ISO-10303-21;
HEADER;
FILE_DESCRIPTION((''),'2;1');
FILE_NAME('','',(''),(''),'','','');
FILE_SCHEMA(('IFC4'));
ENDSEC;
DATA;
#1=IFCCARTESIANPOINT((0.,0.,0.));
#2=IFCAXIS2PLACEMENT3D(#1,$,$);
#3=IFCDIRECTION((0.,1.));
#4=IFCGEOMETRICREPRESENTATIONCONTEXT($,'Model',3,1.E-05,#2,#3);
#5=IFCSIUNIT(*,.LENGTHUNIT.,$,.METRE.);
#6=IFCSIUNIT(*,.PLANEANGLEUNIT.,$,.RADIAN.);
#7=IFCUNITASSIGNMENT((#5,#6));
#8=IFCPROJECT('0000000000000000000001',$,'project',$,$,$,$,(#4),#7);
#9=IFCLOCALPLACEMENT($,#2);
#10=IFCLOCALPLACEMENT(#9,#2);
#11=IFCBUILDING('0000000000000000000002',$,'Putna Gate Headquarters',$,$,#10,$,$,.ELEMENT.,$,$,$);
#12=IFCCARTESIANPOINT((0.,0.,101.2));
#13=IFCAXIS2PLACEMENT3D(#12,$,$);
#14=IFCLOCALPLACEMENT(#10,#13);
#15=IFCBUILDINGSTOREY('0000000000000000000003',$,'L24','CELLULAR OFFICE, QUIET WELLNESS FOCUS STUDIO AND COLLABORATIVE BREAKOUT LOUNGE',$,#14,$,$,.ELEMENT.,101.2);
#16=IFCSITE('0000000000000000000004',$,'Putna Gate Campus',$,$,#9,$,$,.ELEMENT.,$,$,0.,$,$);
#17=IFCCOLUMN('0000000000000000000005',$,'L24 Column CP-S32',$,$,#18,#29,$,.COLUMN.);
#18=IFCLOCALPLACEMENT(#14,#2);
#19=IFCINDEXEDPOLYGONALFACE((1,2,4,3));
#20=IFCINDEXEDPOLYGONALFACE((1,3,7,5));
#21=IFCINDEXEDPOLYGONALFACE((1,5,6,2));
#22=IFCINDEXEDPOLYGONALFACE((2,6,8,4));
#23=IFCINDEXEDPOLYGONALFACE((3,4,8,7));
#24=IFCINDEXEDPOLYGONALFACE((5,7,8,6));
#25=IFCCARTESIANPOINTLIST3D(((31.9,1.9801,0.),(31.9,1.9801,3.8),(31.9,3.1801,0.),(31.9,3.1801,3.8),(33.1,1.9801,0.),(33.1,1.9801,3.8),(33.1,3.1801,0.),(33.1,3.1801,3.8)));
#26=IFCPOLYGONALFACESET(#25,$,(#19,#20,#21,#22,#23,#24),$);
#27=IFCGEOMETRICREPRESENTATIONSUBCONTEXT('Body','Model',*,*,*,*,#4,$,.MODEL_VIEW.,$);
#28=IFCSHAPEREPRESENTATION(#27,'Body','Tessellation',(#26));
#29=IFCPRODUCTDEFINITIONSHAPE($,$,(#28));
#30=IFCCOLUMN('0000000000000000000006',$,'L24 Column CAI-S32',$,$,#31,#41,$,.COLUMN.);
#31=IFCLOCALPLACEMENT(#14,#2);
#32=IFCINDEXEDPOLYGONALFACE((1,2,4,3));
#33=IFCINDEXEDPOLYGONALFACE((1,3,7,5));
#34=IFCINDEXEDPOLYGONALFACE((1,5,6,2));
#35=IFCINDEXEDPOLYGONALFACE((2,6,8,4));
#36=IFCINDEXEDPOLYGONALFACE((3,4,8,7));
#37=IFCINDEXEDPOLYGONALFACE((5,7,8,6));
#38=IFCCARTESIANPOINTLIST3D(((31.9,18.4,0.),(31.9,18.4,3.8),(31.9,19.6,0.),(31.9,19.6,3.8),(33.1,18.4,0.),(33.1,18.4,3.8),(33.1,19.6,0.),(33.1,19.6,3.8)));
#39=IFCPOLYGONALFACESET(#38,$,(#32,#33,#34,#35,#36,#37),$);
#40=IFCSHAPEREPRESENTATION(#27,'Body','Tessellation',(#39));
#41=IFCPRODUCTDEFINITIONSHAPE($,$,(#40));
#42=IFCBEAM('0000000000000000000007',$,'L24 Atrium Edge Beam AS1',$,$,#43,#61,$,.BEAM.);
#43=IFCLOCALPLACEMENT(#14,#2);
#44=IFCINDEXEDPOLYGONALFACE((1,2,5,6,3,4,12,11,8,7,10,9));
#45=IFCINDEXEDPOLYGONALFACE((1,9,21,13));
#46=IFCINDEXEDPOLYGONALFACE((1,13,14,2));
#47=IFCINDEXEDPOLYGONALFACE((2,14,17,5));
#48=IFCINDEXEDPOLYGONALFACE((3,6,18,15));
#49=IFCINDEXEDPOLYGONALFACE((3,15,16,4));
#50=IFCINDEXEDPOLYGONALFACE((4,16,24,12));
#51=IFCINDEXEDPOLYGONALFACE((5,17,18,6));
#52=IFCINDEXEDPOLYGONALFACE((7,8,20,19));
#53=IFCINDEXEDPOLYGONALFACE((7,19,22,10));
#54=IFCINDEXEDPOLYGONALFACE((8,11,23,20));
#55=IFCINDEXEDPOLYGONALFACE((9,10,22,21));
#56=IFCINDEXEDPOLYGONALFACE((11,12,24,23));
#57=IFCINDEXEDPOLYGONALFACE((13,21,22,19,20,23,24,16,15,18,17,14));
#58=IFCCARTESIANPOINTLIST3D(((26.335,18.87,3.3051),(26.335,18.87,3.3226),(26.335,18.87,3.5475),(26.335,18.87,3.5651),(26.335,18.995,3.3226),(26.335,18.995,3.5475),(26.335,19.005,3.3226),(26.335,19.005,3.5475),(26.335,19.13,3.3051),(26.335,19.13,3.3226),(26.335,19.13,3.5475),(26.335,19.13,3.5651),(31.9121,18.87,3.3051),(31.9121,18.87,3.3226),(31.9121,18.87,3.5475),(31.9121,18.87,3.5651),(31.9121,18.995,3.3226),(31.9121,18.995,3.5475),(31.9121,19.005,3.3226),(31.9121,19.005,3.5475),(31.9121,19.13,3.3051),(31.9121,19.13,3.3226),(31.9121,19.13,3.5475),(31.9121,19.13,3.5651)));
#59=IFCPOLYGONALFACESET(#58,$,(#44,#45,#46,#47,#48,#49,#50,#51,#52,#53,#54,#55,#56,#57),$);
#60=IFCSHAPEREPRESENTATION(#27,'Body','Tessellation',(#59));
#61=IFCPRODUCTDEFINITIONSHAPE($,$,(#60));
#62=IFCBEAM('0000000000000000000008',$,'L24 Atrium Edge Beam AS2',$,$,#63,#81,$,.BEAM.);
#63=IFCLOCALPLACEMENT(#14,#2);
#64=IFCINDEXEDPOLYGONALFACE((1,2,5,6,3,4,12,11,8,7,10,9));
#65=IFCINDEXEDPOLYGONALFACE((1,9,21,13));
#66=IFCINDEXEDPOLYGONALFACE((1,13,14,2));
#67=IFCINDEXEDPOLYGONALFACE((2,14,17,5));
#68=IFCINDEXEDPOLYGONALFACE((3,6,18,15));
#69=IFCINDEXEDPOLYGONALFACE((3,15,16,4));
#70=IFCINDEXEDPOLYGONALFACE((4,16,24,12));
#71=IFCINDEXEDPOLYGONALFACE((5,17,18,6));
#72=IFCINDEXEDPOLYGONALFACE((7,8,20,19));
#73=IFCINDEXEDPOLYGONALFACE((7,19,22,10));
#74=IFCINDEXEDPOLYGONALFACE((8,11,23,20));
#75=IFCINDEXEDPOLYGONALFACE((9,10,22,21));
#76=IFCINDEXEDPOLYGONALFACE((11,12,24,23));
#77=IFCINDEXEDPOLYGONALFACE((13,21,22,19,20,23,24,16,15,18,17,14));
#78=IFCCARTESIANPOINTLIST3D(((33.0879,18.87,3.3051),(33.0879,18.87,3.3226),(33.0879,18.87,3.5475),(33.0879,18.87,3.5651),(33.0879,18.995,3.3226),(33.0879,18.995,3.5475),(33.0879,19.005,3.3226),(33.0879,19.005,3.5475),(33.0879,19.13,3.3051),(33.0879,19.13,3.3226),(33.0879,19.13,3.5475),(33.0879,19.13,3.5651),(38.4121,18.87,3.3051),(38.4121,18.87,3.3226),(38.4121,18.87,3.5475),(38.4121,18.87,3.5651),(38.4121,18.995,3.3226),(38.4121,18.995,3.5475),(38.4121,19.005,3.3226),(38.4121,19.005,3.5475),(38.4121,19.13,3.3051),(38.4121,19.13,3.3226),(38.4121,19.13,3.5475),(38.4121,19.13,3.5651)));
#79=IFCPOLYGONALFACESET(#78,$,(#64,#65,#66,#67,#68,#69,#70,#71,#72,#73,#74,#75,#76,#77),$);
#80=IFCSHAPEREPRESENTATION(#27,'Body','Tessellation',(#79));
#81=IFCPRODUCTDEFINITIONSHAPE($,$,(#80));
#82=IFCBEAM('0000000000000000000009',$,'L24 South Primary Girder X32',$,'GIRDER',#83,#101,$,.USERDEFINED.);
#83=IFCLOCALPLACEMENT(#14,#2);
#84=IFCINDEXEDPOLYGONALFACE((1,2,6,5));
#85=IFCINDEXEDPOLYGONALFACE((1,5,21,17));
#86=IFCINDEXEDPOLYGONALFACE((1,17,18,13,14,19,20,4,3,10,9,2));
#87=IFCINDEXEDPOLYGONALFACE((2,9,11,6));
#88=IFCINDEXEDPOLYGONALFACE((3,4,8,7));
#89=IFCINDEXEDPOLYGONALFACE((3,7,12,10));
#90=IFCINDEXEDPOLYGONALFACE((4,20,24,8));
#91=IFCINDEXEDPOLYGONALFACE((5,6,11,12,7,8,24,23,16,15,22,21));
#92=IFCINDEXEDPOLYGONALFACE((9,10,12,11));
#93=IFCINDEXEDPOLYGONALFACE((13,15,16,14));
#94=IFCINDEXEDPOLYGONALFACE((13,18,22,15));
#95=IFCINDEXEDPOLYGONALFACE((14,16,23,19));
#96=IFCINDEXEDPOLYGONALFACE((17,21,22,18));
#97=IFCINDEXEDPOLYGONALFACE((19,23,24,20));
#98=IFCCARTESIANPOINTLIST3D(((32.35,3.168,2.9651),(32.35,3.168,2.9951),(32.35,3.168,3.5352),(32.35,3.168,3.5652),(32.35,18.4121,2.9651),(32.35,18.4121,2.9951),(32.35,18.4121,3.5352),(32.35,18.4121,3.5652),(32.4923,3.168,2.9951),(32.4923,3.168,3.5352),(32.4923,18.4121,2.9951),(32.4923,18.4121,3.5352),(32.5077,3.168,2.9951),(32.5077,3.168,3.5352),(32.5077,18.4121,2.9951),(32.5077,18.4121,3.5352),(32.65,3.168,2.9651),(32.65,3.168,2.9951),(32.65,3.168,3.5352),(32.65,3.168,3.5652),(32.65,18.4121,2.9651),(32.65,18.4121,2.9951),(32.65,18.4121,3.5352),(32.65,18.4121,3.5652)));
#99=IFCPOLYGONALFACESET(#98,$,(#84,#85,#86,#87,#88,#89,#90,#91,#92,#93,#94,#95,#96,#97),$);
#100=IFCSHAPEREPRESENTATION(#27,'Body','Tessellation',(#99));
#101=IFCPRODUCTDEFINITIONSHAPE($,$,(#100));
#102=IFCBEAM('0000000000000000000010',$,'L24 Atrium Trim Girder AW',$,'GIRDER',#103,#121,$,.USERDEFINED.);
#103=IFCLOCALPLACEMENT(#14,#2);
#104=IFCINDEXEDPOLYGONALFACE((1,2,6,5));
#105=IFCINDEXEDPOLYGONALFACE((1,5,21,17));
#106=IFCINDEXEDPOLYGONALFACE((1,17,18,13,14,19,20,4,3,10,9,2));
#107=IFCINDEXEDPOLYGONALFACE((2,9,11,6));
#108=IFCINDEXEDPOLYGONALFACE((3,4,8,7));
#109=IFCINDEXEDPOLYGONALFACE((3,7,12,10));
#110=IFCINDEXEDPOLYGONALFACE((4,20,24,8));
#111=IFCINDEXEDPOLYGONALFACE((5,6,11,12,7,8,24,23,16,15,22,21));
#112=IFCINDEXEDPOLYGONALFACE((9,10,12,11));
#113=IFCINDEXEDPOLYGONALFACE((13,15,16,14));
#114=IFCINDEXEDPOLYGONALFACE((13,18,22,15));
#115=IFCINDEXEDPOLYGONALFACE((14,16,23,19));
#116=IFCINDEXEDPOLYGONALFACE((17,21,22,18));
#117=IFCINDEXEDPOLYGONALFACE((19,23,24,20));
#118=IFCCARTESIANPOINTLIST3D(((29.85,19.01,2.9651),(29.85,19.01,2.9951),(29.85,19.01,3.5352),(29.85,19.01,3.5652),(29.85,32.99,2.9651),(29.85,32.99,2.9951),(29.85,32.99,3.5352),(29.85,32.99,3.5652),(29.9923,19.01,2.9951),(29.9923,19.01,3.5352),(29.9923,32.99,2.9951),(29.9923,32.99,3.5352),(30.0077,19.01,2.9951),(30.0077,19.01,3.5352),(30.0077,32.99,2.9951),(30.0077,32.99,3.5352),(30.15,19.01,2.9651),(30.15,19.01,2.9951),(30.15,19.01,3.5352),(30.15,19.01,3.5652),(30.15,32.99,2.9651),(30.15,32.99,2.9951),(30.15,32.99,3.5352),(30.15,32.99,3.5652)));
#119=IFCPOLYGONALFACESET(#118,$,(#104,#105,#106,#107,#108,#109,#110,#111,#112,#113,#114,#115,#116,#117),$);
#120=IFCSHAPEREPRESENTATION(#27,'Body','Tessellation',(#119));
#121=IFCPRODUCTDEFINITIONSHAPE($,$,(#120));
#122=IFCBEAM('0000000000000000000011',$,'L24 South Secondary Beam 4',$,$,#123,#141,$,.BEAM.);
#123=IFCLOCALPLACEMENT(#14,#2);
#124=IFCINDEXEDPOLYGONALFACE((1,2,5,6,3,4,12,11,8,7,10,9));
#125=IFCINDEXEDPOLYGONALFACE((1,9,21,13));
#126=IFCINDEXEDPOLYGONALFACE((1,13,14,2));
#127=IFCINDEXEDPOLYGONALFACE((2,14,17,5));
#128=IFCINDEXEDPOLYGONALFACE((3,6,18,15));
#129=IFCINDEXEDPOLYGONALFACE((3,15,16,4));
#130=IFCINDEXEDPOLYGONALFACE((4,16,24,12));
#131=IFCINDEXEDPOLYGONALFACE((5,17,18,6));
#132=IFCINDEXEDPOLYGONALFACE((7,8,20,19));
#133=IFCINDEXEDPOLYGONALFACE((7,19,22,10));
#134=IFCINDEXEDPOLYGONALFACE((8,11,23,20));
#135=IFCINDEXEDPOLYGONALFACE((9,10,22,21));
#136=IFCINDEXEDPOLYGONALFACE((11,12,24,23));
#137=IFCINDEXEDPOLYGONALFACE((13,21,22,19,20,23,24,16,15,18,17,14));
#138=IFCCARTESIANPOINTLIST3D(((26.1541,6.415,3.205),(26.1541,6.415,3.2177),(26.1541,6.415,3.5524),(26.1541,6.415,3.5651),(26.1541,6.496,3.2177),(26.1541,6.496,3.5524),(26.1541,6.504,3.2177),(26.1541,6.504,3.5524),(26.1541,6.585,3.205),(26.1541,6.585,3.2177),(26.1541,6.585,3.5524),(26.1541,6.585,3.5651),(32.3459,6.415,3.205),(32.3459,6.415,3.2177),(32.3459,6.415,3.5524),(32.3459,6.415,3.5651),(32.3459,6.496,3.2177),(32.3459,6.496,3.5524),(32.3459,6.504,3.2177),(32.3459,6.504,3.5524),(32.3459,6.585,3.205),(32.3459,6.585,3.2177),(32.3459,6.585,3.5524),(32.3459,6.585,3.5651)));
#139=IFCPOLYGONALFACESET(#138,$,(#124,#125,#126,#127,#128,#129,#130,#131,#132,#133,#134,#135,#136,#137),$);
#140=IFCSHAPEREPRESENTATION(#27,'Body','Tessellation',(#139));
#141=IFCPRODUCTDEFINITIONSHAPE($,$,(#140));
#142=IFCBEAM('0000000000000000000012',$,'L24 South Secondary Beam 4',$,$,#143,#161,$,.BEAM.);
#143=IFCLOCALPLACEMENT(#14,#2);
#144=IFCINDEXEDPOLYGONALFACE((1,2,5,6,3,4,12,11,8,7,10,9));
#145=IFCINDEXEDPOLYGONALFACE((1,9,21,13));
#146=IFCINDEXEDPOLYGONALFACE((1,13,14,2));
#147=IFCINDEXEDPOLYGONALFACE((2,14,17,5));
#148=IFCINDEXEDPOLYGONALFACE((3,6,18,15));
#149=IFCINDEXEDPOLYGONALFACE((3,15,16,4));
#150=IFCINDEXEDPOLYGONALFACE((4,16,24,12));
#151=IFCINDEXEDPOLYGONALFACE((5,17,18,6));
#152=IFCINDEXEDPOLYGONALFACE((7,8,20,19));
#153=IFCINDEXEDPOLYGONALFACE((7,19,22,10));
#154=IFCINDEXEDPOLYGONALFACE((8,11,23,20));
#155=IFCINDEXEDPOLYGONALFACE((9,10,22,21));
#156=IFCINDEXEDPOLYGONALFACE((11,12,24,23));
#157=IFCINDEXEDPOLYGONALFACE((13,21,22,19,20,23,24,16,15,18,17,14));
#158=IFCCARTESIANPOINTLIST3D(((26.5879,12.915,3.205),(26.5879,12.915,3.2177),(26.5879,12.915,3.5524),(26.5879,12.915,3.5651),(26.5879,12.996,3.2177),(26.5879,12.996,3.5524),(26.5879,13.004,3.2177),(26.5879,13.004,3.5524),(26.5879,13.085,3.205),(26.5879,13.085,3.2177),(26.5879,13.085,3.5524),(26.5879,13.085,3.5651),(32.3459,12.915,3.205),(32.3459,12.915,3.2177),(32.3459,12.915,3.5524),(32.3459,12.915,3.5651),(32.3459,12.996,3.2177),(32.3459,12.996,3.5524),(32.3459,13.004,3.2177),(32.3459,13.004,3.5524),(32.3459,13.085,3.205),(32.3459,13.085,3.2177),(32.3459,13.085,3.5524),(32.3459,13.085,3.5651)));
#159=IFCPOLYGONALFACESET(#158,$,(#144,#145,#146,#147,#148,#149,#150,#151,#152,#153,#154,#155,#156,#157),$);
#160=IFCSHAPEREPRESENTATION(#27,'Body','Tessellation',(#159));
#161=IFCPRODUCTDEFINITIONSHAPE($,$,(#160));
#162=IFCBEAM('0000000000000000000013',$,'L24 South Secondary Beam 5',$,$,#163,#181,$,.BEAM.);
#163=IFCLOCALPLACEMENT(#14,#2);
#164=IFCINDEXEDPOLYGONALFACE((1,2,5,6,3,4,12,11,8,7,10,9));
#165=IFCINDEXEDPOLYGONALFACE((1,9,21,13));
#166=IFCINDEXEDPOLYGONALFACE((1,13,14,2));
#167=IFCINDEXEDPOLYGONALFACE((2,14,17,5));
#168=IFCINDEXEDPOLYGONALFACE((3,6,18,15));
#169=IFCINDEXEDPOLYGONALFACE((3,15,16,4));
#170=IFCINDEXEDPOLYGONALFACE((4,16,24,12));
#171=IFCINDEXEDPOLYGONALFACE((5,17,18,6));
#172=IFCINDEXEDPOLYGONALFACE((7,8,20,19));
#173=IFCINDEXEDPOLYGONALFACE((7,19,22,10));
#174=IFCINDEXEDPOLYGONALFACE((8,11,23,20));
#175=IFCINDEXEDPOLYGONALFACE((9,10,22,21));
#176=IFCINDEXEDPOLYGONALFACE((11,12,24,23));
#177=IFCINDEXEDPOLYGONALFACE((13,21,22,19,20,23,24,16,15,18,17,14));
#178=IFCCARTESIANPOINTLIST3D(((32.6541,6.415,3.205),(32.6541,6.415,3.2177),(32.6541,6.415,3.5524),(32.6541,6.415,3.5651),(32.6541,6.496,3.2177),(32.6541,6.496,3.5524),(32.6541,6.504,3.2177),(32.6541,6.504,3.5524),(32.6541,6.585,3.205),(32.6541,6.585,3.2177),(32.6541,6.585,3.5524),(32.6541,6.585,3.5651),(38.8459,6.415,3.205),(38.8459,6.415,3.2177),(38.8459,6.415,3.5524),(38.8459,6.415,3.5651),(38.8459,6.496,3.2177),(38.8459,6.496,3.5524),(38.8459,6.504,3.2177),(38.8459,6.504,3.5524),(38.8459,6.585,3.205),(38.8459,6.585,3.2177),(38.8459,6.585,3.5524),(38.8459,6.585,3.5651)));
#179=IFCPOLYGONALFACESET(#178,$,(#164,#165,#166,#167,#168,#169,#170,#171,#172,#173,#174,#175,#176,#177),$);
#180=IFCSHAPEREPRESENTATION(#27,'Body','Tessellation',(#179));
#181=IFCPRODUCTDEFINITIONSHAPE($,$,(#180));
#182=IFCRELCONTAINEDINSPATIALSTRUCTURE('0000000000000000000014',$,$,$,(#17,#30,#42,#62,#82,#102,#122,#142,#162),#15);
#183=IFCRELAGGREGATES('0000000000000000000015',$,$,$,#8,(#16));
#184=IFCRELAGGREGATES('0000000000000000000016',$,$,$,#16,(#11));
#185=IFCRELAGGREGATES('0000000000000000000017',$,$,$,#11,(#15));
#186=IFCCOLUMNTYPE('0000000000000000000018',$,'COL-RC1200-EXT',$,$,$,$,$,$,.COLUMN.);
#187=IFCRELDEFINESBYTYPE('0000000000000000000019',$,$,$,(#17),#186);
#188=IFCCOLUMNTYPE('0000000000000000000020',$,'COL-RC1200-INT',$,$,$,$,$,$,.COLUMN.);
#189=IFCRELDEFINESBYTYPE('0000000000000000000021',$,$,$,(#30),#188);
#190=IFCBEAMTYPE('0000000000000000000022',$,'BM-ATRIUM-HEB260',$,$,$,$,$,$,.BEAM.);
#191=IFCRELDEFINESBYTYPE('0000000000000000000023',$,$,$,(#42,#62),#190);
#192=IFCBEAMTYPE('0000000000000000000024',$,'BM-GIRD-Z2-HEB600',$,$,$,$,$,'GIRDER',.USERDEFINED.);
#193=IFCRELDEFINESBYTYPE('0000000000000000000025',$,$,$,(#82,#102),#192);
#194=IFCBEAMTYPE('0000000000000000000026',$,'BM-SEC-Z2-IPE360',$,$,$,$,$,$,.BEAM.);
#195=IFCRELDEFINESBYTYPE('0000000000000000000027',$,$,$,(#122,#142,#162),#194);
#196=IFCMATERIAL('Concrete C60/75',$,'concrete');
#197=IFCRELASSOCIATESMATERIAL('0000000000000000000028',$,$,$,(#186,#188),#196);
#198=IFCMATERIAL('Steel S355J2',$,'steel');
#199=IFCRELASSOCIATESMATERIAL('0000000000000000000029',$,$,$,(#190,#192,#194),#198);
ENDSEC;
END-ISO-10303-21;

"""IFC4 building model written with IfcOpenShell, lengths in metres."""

from ifc_helpers import new_model, si_unit, direction, frame, origin, origin_2d, place, context, subcontext, project, spatial, rectangle, i_section, extrude, material, material_profile, profile_set, type_object, element, save


model = new_model("IFC4")

# Units and contexts
model_context = context("Model", 3, precision=1e-05, world=origin(), true_north=direction((0.0, 1.0)))
body_context = subcontext(model_context, "Body", "Model", "MODEL_VIEW")
ifc_project = project(units=[si_unit("LENGTHUNIT", "METRE"), si_unit("PLANEANGLEUNIT", "RADIAN")], contexts=[model_context])

# Site, building, storey
site_placement = place(None, origin())
site = spatial("IfcSite", under=ifc_project, at=site_placement, Name="Putna Gate Campus", CompositionType="ELEMENT", RefElevation=0.0)
building_placement = place(site_placement, origin())
building = spatial("IfcBuilding", under=site, at=building_placement, Name="Putna Gate Headquarters", CompositionType="ELEMENT")
storey_placement = place(building_placement, frame((0.0, 0.0, 101.2)))
storey = spatial("IfcBuildingStorey", under=building, at=storey_placement, Name="L24", Description="CELLULAR OFFICE, QUIET WELLNESS FOCUS STUDIO AND COLLABORATIVE BREAKOUT LOUNGE", CompositionType="ELEMENT", Elevation=101.2)

# Columns
ifc_material_1 = material(Name="Concrete C60/75", Category="concrete")
ifc_material_profile_1 = material_profile(ifc_material_1, rectangle(XDim=1.2, YDim=1.2, at=origin_2d()), Name="Concrete C60/75")
ifc_profile_set_1 = profile_set([ifc_material_profile_1], Name="Concrete C60/75")
column_type_1 = type_object("IfcColumnType", Name="COL-RC1200-EXT", PredefinedType="COLUMN", material=ifc_profile_set_1)
column_1_placement = place(storey_placement, frame((32.5, 2.5801, 0.0), z_axis=(0.0, 0.0, 1.0), x_axis=(1.0, 0.0, 0.0)))
element("IfcColumn", 1, at=column_1_placement, inside=storey, type_object=column_type_1, Name="L24 Column CP-S32", PredefinedType="COLUMN", context=body_context, shape_type="SweptSolid", body=[
    extrude(rectangle(XDim=1.2, YDim=1.2, at=origin_2d()), origin(), (0.0, 0.0, 1.0), 3.8),
])
ifc_material_profile_2 = material_profile(ifc_material_1, rectangle(XDim=1.2, YDim=1.2, at=origin_2d()), Name="Concrete C60/75")
ifc_profile_set_2 = profile_set([ifc_material_profile_2], Name="Concrete C60/75")
column_type_2 = type_object("IfcColumnType", Name="COL-RC1200-INT", PredefinedType="COLUMN", material=ifc_profile_set_2)
column_2_placement = place(storey_placement, frame((32.5, 19.0, 0.0), z_axis=(0.0, 0.0, 1.0), x_axis=(1.0, 0.0, 0.0)))
element("IfcColumn", 2, at=column_2_placement, inside=storey, type_object=column_type_2, Name="L24 Column CAI-S32", PredefinedType="COLUMN", context=body_context, shape_type="SweptSolid", body=[
    extrude(rectangle(XDim=1.2, YDim=1.2, at=origin_2d()), origin(), (0.0, 0.0, 1.0), 3.8),
])

# Beams
ifc_material_2 = material(Name="Steel S355J2", Category="steel")
ifc_material_profile_3 = material_profile(ifc_material_2, i_section(OverallWidth=0.26, OverallDepth=0.26, WebThickness=0.01, FlangeThickness=0.0176, at=origin_2d()), Name="Steel S355J2")
ifc_profile_set_3 = profile_set([ifc_material_profile_3], Name="Steel S355J2")
beam_type_1 = type_object("IfcBeamType", Name="BM-ATRIUM-HEB260", PredefinedType="BEAM", material=ifc_profile_set_3)
beam_1_placement = place(storey_placement, frame((26.335, 19.0, 3.4351), z_axis=(1.0, 0.0, 0.0), x_axis=(0.0, 1.0, 0.0)))
element("IfcBeam", 3, at=beam_1_placement, inside=storey, type_object=beam_type_1, Name="L24 Atrium Edge Beam AS1", PredefinedType="BEAM", context=body_context, shape_type="SweptSolid", body=[
    extrude(i_section(OverallWidth=0.26, OverallDepth=0.26, WebThickness=0.01, FlangeThickness=0.0176, at=origin_2d()), origin(), (0.0, 0.0, 1.0), 5.5771),
])
beam_2_placement = place(storey_placement, frame((33.0879, 19.0, 3.4351), z_axis=(1.0, 0.0, 0.0), x_axis=(0.0, 1.0, 0.0)))
element("IfcBeam", 4, at=beam_2_placement, inside=storey, type_object=beam_type_1, Name="L24 Atrium Edge Beam AS2", PredefinedType="BEAM", context=body_context, shape_type="SweptSolid", body=[
    extrude(i_section(OverallWidth=0.26, OverallDepth=0.26, WebThickness=0.01, FlangeThickness=0.0176, at=origin_2d()), origin(), (0.0, 0.0, 1.0), 5.3242),
])
ifc_material_profile_4 = material_profile(ifc_material_2, i_section(OverallWidth=0.3, OverallDepth=0.6001, WebThickness=0.0154, FlangeThickness=0.03, at=origin_2d()), Name="Steel S355J2")
ifc_profile_set_4 = profile_set([ifc_material_profile_4], Name="Steel S355J2")
beam_type_2 = type_object("IfcBeamType", Name="BM-GIRD-Z2-HEB600", ElementType="GIRDER", PredefinedType="USERDEFINED", material=ifc_profile_set_4)
beam_3_placement = place(storey_placement, frame((32.5, 3.168, 3.2651), z_axis=(0.0, 1.0, 0.0), x_axis=(-1.0, 0.0, 0.0)))
element("IfcBeam", 5, at=beam_3_placement, inside=storey, type_object=beam_type_2, Name="L24 South Primary Girder X32", ObjectType="GIRDER", PredefinedType="USERDEFINED", context=body_context, shape_type="SweptSolid", body=[
    extrude(i_section(OverallWidth=0.3, OverallDepth=0.6001, WebThickness=0.0154, FlangeThickness=0.03, at=origin_2d()), origin(), (0.0, 0.0, 1.0), 15.2441),
])
beam_4_placement = place(storey_placement, frame((30.0, 19.01, 3.2651), z_axis=(0.0, 1.0, 0.0), x_axis=(-1.0, 0.0, 0.0)))
element("IfcBeam", 6, at=beam_4_placement, inside=storey, type_object=beam_type_2, Name="L24 Atrium Trim Girder AW", ObjectType="GIRDER", PredefinedType="USERDEFINED", context=body_context, shape_type="SweptSolid", body=[
    extrude(i_section(OverallWidth=0.3, OverallDepth=0.6001, WebThickness=0.0154, FlangeThickness=0.03, at=origin_2d()), origin(), (0.0, 0.0, 1.0), 13.98),
])
ifc_material_profile_5 = material_profile(ifc_material_2, i_section(OverallWidth=0.1699, OverallDepth=0.3601, WebThickness=0.0081, FlangeThickness=0.0127, at=origin_2d()), Name="Steel S355J2")
ifc_profile_set_5 = profile_set([ifc_material_profile_5], Name="Steel S355J2")
beam_type_3 = type_object("IfcBeamType", Name="BM-SEC-Z2-IPE360", PredefinedType="BEAM", material=ifc_profile_set_5)
beam_5_placement = place(storey_placement, frame((26.1541, 6.5, 3.385), z_axis=(1.0, 0.0, 0.0), x_axis=(0.0, 1.0, 0.0)))
element("IfcBeam", 7, at=beam_5_placement, inside=storey, type_object=beam_type_3, Name="L24 South Secondary Beam 4", PredefinedType="BEAM", context=body_context, shape_type="SweptSolid", body=[
    extrude(i_section(OverallWidth=0.1699, OverallDepth=0.3601, WebThickness=0.0081, FlangeThickness=0.0127, at=origin_2d()), origin(), (0.0, 0.0, 1.0), 6.1919),
])
beam_6_placement = place(storey_placement, frame((26.5879, 13.0, 3.385), z_axis=(1.0, 0.0, 0.0), x_axis=(0.0, 1.0, 0.0)))
element("IfcBeam", 8, at=beam_6_placement, inside=storey, type_object=beam_type_3, Name="L24 South Secondary Beam 4", PredefinedType="BEAM", context=body_context, shape_type="SweptSolid", body=[
    extrude(i_section(OverallWidth=0.1699, OverallDepth=0.3601, WebThickness=0.0081, FlangeThickness=0.0127, at=origin_2d()), origin(), (0.0, 0.0, 1.0), 5.7581),
])
for number, where, z_axis, x_axis, name in (
    (9, (32.6541, 6.5, 3.385), (1.0, 0.0, 0.0), (0.0, 1.0, 0.0), "L24 South Secondary Beam 5"),
):
    element("IfcBeam", number, at=place(storey_placement, frame(where, z_axis=z_axis, x_axis=x_axis)), inside=storey, type_object=beam_type_3, Name=name, PredefinedType="BEAM", context=body_context, shape_type="SweptSolid", body=[
        extrude(i_section(OverallWidth=0.1699, OverallDepth=0.3601, WebThickness=0.0081, FlangeThickness=0.0127, at=origin_2d()), origin(), (0.0, 0.0, 1.0), 6.1919),
    ])

save(model, "model.ifc")
